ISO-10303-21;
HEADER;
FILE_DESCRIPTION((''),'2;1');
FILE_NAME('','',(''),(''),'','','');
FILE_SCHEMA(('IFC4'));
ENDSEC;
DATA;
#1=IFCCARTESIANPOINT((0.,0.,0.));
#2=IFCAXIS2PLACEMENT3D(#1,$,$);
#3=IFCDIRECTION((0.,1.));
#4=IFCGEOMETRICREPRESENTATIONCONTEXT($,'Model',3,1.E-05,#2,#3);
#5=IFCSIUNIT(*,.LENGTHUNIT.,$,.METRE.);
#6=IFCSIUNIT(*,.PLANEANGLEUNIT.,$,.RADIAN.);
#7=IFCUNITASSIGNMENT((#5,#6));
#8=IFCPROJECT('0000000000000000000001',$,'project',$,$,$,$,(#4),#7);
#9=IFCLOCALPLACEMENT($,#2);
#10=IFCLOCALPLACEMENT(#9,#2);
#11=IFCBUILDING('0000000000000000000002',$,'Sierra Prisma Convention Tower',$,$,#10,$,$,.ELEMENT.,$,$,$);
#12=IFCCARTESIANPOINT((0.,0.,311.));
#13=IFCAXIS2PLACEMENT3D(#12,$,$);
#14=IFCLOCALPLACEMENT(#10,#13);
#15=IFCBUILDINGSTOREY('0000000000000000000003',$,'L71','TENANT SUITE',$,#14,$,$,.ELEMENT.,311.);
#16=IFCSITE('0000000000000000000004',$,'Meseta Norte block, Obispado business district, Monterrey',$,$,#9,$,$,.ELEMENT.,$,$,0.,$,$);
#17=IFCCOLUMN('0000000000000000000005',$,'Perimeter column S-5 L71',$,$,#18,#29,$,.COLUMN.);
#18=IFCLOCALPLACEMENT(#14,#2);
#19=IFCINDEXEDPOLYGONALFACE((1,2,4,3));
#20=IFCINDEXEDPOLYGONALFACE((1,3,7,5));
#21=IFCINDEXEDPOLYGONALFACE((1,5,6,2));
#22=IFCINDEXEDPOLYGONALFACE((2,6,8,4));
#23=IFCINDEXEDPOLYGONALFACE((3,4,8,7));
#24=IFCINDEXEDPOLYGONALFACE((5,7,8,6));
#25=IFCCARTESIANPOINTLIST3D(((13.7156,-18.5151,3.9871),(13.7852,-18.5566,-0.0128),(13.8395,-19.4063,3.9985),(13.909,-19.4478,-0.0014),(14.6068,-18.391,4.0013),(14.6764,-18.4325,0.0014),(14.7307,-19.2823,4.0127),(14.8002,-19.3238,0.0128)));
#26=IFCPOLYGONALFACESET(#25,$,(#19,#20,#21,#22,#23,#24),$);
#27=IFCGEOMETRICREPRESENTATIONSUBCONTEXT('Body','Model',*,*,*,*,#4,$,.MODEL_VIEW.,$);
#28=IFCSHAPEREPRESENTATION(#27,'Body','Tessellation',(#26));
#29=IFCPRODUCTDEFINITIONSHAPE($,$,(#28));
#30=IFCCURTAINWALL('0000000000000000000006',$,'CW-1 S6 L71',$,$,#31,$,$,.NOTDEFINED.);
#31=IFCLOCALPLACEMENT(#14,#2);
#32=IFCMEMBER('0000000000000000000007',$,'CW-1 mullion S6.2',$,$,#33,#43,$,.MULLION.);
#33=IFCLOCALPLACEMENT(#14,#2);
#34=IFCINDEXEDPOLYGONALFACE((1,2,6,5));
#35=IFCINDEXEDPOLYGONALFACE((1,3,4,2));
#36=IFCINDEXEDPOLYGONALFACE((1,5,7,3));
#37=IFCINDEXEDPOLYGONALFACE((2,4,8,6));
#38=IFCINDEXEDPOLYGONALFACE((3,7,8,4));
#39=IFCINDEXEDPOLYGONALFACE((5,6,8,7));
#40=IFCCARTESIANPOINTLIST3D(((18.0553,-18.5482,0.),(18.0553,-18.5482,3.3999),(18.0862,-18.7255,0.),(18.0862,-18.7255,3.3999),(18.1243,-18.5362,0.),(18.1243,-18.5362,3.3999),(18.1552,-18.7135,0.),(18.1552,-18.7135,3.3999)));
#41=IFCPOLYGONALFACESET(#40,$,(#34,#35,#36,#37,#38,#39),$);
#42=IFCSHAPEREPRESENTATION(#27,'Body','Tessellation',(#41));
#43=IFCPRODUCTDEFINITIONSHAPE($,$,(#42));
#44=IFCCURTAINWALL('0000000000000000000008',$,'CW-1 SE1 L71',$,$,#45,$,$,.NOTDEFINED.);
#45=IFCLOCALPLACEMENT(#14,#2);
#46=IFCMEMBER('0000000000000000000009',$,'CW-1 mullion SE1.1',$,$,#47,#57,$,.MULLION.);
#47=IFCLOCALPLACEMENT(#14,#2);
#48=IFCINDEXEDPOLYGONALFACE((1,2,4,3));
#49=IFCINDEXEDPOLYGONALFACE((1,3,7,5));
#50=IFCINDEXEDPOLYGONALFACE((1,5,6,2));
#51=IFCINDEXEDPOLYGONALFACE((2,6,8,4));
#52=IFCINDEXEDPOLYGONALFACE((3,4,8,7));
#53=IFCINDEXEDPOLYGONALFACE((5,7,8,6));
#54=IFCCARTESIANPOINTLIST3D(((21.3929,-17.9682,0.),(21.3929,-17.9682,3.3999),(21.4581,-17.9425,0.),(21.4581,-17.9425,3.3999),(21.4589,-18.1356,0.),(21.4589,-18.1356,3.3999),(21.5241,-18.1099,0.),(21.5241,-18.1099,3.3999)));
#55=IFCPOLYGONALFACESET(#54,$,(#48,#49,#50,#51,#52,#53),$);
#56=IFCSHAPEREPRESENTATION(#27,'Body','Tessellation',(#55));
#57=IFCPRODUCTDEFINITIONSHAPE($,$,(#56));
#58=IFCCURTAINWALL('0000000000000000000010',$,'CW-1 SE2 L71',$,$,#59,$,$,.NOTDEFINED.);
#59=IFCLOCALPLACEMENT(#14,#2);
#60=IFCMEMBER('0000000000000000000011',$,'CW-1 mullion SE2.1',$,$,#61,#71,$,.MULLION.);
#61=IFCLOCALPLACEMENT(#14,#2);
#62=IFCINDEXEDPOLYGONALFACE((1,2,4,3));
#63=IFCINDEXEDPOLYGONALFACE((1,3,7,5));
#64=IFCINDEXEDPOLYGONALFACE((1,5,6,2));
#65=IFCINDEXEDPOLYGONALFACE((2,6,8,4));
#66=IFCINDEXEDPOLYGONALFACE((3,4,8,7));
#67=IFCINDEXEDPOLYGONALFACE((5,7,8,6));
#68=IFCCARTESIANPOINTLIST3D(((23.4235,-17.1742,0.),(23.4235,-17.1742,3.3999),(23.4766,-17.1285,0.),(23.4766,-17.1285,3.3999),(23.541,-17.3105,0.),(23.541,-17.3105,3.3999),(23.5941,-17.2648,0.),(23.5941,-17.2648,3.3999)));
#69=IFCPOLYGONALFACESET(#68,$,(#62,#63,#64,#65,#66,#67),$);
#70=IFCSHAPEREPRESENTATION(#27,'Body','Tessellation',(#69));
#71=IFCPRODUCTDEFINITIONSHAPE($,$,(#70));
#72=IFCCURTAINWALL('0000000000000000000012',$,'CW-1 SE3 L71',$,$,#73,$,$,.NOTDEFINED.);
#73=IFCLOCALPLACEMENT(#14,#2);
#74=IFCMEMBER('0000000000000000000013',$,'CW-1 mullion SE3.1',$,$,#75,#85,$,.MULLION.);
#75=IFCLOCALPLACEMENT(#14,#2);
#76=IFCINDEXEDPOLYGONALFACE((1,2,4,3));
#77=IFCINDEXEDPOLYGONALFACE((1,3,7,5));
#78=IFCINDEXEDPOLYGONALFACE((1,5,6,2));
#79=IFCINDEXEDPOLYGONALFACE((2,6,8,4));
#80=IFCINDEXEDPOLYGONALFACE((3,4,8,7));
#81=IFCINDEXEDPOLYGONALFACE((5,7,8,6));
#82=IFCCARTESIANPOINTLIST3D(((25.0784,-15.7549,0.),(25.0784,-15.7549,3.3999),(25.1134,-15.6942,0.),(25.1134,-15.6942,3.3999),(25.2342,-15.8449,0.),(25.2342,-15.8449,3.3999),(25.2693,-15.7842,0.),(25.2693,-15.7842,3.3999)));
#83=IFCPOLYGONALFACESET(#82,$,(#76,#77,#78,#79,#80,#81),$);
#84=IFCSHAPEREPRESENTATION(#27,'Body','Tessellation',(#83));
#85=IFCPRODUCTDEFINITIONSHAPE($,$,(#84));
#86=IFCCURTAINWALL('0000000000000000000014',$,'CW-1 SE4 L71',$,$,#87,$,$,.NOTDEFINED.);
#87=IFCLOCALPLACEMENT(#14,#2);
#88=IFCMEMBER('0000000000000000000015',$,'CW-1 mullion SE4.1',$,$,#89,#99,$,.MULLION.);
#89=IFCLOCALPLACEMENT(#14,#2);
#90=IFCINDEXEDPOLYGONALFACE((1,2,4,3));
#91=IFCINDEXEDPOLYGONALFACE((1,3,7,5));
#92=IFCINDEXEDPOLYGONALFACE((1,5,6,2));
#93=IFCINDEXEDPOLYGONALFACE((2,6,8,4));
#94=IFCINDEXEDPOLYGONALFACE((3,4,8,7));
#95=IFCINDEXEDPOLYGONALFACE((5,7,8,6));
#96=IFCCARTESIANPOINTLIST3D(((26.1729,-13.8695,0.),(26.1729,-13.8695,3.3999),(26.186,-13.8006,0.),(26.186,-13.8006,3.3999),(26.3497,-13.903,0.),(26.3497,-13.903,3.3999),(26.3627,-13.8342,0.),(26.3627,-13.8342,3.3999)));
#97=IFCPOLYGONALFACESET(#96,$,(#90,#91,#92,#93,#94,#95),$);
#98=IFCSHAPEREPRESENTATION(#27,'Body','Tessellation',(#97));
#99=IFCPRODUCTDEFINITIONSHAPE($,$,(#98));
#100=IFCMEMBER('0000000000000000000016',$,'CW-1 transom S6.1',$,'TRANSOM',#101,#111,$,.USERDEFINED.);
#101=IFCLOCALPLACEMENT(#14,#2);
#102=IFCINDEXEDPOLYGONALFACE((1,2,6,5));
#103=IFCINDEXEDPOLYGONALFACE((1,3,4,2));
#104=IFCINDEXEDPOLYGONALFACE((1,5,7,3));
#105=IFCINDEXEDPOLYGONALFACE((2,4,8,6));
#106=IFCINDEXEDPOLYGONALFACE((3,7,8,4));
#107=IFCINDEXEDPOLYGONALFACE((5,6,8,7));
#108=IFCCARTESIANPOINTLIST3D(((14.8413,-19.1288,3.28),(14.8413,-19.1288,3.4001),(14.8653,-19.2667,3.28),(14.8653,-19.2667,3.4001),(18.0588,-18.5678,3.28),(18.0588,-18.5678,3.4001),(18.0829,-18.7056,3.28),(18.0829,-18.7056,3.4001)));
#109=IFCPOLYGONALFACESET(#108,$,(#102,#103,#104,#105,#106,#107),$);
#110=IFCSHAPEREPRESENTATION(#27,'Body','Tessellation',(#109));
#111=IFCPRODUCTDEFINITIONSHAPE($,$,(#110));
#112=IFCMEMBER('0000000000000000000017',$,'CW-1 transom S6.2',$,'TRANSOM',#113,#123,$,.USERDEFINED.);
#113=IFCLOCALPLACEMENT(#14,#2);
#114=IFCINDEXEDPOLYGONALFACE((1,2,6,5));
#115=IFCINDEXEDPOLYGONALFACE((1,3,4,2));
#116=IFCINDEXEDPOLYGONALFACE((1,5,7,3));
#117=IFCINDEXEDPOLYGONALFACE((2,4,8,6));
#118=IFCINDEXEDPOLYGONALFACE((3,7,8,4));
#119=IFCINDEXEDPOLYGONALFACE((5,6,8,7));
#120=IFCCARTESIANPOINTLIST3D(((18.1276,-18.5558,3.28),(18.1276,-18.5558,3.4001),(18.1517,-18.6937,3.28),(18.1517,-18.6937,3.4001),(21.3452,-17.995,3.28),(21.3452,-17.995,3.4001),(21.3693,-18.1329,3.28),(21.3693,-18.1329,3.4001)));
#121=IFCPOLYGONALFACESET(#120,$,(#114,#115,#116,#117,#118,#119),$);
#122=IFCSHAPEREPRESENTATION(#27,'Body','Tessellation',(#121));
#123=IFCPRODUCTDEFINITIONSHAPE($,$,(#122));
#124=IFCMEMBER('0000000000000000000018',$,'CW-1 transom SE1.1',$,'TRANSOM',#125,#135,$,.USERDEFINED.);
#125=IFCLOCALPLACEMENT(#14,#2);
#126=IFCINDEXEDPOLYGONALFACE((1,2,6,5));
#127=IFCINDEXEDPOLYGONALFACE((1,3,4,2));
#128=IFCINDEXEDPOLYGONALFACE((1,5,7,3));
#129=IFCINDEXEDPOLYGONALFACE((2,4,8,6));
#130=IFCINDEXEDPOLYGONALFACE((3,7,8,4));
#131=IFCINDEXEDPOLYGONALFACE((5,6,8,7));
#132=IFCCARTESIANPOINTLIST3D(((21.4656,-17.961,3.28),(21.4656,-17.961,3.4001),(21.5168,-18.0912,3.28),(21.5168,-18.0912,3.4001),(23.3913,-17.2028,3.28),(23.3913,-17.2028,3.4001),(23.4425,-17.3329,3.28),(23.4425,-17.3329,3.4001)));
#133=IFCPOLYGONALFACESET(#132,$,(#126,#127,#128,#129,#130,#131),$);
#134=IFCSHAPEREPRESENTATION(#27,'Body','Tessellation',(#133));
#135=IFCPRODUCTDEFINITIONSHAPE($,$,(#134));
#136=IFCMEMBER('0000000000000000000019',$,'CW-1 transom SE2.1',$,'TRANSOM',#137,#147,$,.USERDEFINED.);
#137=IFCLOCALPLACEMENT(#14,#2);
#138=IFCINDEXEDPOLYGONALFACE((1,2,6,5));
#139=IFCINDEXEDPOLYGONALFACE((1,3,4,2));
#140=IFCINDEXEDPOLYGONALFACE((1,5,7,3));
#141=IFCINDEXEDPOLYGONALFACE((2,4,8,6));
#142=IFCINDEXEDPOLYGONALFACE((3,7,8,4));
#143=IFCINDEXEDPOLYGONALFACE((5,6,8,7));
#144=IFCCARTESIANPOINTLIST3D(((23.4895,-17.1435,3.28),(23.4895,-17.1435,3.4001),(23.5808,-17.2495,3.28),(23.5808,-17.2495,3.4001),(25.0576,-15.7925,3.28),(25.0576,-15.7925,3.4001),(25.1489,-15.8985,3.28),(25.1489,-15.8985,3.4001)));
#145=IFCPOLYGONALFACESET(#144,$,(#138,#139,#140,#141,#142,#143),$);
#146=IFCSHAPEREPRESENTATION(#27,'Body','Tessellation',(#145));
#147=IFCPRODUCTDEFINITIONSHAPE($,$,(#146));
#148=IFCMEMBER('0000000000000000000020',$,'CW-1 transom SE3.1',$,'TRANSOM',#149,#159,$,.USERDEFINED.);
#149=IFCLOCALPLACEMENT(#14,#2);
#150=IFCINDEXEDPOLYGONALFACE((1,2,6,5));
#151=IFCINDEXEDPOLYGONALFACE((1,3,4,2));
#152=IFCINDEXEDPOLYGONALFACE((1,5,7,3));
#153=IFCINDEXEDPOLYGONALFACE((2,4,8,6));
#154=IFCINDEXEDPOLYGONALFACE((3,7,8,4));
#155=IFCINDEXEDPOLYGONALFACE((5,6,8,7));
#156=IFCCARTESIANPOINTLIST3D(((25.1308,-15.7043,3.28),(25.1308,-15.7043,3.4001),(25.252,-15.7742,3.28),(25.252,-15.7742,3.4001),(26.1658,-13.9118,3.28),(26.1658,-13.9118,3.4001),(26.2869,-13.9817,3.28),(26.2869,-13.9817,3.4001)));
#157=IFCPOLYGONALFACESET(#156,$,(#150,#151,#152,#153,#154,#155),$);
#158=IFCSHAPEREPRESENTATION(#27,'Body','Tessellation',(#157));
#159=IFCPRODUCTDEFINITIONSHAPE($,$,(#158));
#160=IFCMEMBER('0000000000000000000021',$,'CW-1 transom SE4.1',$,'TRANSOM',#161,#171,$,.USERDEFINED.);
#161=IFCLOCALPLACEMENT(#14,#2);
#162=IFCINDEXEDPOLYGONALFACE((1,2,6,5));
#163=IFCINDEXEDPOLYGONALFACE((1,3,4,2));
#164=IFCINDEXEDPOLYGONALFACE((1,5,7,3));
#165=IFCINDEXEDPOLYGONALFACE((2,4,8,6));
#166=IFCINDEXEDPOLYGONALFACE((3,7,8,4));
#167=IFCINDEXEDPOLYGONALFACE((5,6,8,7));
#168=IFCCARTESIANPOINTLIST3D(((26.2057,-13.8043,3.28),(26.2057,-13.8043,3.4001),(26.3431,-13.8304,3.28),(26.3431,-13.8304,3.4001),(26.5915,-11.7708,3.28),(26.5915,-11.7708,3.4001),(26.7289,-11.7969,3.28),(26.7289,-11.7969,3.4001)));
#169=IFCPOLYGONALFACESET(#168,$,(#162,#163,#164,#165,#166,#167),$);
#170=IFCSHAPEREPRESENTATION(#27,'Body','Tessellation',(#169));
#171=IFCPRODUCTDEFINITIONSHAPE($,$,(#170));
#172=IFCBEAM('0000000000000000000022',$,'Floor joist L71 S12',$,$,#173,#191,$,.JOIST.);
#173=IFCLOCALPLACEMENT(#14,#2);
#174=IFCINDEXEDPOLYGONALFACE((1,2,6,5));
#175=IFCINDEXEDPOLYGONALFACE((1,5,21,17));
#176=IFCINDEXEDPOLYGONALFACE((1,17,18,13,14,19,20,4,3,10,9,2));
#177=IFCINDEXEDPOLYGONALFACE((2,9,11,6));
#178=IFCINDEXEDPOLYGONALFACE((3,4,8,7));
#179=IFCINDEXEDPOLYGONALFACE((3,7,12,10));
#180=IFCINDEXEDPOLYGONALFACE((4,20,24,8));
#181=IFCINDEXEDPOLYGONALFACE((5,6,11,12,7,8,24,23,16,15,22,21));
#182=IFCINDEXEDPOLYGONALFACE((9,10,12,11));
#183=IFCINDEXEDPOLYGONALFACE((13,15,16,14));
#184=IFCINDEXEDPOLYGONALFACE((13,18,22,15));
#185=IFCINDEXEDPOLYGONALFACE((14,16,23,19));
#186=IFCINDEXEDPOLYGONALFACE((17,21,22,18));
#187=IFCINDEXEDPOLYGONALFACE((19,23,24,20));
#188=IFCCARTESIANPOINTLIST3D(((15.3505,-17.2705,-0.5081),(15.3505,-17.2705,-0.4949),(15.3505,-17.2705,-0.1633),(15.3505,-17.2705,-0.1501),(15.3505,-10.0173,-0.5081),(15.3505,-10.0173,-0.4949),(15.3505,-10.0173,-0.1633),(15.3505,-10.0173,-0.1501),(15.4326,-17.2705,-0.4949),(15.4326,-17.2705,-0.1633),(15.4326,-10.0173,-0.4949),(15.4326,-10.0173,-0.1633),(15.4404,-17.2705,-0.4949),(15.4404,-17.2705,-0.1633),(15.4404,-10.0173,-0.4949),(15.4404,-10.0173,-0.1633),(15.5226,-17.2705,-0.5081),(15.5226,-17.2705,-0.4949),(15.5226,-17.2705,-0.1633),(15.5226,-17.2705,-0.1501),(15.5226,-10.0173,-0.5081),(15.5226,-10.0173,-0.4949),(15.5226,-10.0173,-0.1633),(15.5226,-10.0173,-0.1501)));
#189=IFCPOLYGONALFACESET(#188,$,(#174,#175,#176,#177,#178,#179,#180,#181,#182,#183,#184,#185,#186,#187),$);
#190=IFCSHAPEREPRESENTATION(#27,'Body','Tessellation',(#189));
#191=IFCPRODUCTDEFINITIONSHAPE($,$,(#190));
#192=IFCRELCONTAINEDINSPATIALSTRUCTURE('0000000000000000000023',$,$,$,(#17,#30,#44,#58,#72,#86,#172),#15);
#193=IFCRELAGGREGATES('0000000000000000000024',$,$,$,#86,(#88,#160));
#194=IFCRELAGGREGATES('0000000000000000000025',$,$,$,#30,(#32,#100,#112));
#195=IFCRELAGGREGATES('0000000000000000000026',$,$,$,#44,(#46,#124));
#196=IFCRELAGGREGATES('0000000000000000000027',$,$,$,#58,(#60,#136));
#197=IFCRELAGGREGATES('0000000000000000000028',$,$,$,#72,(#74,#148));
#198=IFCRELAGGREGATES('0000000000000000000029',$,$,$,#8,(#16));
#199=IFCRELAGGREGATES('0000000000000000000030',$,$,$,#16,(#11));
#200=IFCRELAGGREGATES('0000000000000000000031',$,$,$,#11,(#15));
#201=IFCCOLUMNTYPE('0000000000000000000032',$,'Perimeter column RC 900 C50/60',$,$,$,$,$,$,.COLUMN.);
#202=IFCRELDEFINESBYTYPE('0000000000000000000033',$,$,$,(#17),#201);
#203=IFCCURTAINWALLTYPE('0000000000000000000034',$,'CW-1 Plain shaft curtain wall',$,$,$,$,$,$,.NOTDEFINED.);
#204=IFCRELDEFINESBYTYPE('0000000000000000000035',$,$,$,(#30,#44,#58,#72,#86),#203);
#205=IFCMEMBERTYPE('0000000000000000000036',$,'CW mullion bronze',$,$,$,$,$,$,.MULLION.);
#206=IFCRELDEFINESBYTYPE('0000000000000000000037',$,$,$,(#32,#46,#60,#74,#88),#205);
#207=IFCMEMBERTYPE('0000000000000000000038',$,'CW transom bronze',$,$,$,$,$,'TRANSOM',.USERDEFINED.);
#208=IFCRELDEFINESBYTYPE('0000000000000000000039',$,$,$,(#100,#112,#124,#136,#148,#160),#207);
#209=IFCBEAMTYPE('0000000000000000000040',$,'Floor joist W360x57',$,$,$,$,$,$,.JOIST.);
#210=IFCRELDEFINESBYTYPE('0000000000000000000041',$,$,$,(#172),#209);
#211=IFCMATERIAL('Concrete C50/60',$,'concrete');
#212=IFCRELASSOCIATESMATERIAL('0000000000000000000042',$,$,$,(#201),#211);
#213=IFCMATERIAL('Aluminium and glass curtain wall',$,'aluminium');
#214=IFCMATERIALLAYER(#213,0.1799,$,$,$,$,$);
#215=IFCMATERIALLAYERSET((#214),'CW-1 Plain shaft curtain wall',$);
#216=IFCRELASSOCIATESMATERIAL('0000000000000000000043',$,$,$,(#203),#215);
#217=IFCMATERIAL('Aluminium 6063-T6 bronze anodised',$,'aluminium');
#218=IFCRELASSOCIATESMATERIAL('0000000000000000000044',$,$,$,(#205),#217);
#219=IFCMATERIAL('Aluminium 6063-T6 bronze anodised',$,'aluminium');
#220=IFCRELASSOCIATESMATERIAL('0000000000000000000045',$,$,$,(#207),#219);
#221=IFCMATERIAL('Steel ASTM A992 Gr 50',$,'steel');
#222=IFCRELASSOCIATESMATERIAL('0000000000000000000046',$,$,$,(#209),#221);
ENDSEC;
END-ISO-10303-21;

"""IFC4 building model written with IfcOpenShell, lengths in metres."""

from ifc_helpers import new_model, si_unit, direction, frame, origin, origin_2d, place, context, subcontext, project, spatial, rectangle, i_section, extrude, material, layer, layer_set, material_profile, profile_set, type_object, element, aggregate, save


model = new_model("IFC4")

# Units and contexts
model_context = context("Model", 3, precision=1e-05, world=origin(), true_north=direction((0.0, 1.0)))
body_context = subcontext(model_context, "Body", "Model", "MODEL_VIEW")
ifc_project = project(units=[si_unit("LENGTHUNIT", "METRE"), si_unit("PLANEANGLEUNIT", "RADIAN")], contexts=[model_context])

# Site, building, storey
site_placement = place(None, origin())
site = spatial("IfcSite", under=ifc_project, at=site_placement, Name="Meseta Norte block, Obispado business district, Monterrey", CompositionType="ELEMENT", RefElevation=0.0)
building_placement = place(site_placement, origin())
building = spatial("IfcBuilding", under=site, at=building_placement, Name="Sierra Prisma Convention Tower", CompositionType="ELEMENT")
storey_placement = place(building_placement, frame((0.0, 0.0, 311.0)))
storey = spatial("IfcBuildingStorey", under=building, at=storey_placement, Name="L71", Description="TENANT SUITE", CompositionType="ELEMENT", Elevation=311.0)

# Column
ifc_material_1 = material(Name="Concrete C50/60", Category="concrete")
ifc_material_profile_1 = material_profile(ifc_material_1, rectangle(XDim=0.8999, YDim=0.8999, at=origin_2d()), Name="Perimeter column RC 900 C50/60")
ifc_profile_set_1 = profile_set([ifc_material_profile_1], Name="Concrete C50/60")
column_type = type_object("IfcColumnType", Name="Perimeter column RC 900 C50/60", PredefinedType="COLUMN", material=ifc_profile_set_1)
column_placement = place(storey_placement, frame((14.2927, -18.9402, 0.0), z_axis=(-0.017391, 0.010374, 0.999795), x_axis=(0.990333, 0.137804, 0.015797)))
element("IfcColumn", 1, at=column_placement, inside=storey, type_object=column_type, Name="Perimeter column S-5 L71", PredefinedType="COLUMN", context=body_context, shape_type="SweptSolid", body=[
    extrude(rectangle(XDim=0.8999, YDim=0.8999, at=origin_2d()), origin(), (0.0, 0.0, 1.0), 4.0007),
])

# Curtain walls, members
ifc_material_2 = material(Name="Aluminium and glass curtain wall", Category="aluminium")
ifc_layer_1 = layer(ifc_material_2, 0.1799)
ifc_layer_set_1 = layer_set([ifc_layer_1], Name="CW-1 Plain shaft curtain wall")
curtain_wall_type = type_object("IfcCurtainWallType", Name="CW-1 Plain shaft curtain wall", PredefinedType="NOTDEFINED", material=ifc_layer_set_1)
curtain_wall_1_placement = place(storey_placement, origin())
curtain_wall_1 = element("IfcCurtainWall", 2, at=curtain_wall_1_placement, inside=storey, type_object=curtain_wall_type, Name="CW-1 S6 L71", PredefinedType="NOTDEFINED")
ifc_material_3 = material(Name="Aluminium 6063-T6 bronze anodised", Category="aluminium")
ifc_material_profile_2 = material_profile(ifc_material_3, rectangle(XDim=0.1799, YDim=0.0701, at=origin_2d()), Name="ALU MULLION 70x180")
ifc_profile_set_2 = profile_set([ifc_material_profile_2], Name="Aluminium 6063-T6 bronze anodised")
member_type_1 = type_object("IfcMemberType", Name="CW mullion bronze", PredefinedType="MULLION", material=ifc_profile_set_2)
member_1_placement = place(storey_placement, frame((18.1052, -18.6309, 0.0), z_axis=(0.0, 0.0, 1.0), x_axis=(-0.171733, 0.985144, 0.0)))
member_1 = element("IfcMember", 3, at=member_1_placement, type_object=member_type_1, Name="CW-1 mullion S6.2", PredefinedType="MULLION", context=body_context, shape_type="SweptSolid", body=[
    extrude(rectangle(XDim=0.1799, YDim=0.0701, at=origin_2d()), origin(), (0.0, 0.0, 1.0), 3.3999),
])
curtain_wall_2_placement = place(storey_placement, origin())
curtain_wall_2 = element("IfcCurtainWall", 4, at=curtain_wall_2_placement, inside=storey, type_object=curtain_wall_type, Name="CW-1 SE1 L71", PredefinedType="NOTDEFINED")
member_2_placement = place(storey_placement, frame((21.4585, -18.0391, 0.0), z_axis=(0.0, 0.0, 1.0), x_axis=(-0.366388, 0.930462, 0.0)))
member_2 = element("IfcMember", 5, at=member_2_placement, type_object=member_type_1, Name="CW-1 mullion SE1.1", PredefinedType="MULLION", context=body_context, shape_type="SweptSolid", body=[
    extrude(rectangle(XDim=0.1799, YDim=0.0701, at=origin_2d()), origin(), (0.0, 0.0, 1.0), 3.3999),
])
curtain_wall_3_placement = place(storey_placement, origin())
curtain_wall_3 = element("IfcCurtainWall", 6, at=curtain_wall_3_placement, inside=storey, type_object=curtain_wall_type, Name="CW-1 SE2 L71", PredefinedType="NOTDEFINED")
member_3_placement = place(storey_placement, frame((23.5088, -17.2195, 0.0), z_axis=(0.0, 0.0, 1.0), x_axis=(-0.652714, 0.757605, 0.0)))
member_3 = element("IfcMember", 7, at=member_3_placement, type_object=member_type_1, Name="CW-1 mullion SE2.1", PredefinedType="MULLION", context=body_context, shape_type="SweptSolid", body=[
    extrude(rectangle(XDim=0.1799, YDim=0.0701, at=origin_2d()), origin(), (0.0, 0.0, 1.0), 3.3999),
])
curtain_wall_4_placement = place(storey_placement, origin())
curtain_wall_4 = element("IfcCurtainWall", 8, at=curtain_wall_4_placement, inside=storey, type_object=curtain_wall_type, Name="CW-1 SE3 L71", PredefinedType="NOTDEFINED")
member_4_placement = place(storey_placement, frame((25.1738, -15.7695, 0.0), z_axis=(0.0, 0.0, 1.0), x_axis=(-0.866025, 0.5, 0.0)))
member_4 = element("IfcMember", 9, at=member_4_placement, type_object=member_type_1, Name="CW-1 mullion SE3.1", PredefinedType="MULLION", context=body_context, shape_type="SweptSolid", body=[
    extrude(rectangle(XDim=0.1799, YDim=0.0701, at=origin_2d()), origin(), (0.0, 0.0, 1.0), 3.3999),
])
curtain_wall_5_placement = place(storey_placement, origin())
curtain_wall_5 = element("IfcCurtainWall", 10, at=curtain_wall_5_placement, inside=storey, type_object=curtain_wall_type, Name="CW-1 SE4 L71", PredefinedType="NOTDEFINED")
member_5_placement = place(storey_placement, frame((26.2678, -13.8518, 0.0), z_axis=(0.0, 0.0, 1.0), x_axis=(-0.982462, 0.186464, 0.0)))
member_5 = element("IfcMember", 11, at=member_5_placement, type_object=member_type_1, Name="CW-1 mullion SE4.1", PredefinedType="MULLION", context=body_context, shape_type="SweptSolid", body=[
    extrude(rectangle(XDim=0.1799, YDim=0.0701, at=origin_2d()), origin(), (0.0, 0.0, 1.0), 3.3999),
])

# Members
ifc_material_4 = material(Name="Aluminium 6063-T6 bronze anodised", Category="aluminium")
ifc_material_profile_3 = material_profile(ifc_material_4, rectangle(XDim=0.1399, YDim=0.1201, at=origin_2d()), Name="ALU TRANSOM 120x140")
ifc_profile_set_3 = profile_set([ifc_material_profile_3], Name="Aluminium 6063-T6 bronze anodised")
member_type_2 = type_object("IfcMemberType", Name="CW transom bronze", ElementType="TRANSOM", PredefinedType="USERDEFINED", material=ifc_profile_set_3)
member_6_placement = place(storey_placement, frame((14.8533, -19.1978, 3.3401), z_axis=(0.985136, 0.171776, 0.0), x_axis=(-0.171776, 0.985136, 0.0)))
member_6 = element("IfcMember", 12, at=member_6_placement, type_object=member_type_2, Name="CW-1 transom S6.1", ObjectType="TRANSOM", PredefinedType="USERDEFINED", context=body_context, shape_type="SweptSolid", body=[
    extrude(rectangle(XDim=0.1399, YDim=0.1201, at=origin_2d()), origin(), (0.0, 0.0, 1.0), 3.2661),
])
member_7_placement = place(storey_placement, frame((18.1396, -18.6248, 3.3401), z_axis=(0.985149, 0.171704, 0.0), x_axis=(-0.171704, 0.985149, 0.0)))
member_7 = element("IfcMember", 13, at=member_7_placement, type_object=member_type_2, Name="CW-1 transom S6.2", ObjectType="TRANSOM", PredefinedType="USERDEFINED", context=body_context, shape_type="SweptSolid", body=[
    extrude(rectangle(XDim=0.1399, YDim=0.1201, at=origin_2d()), origin(), (0.0, 0.0, 1.0), 3.2661),
])
member_8_placement = place(storey_placement, frame((21.4912, -18.0261, 3.3401), z_axis=(0.930464, 0.366382, 0.0), x_axis=(-0.366382, 0.930464, 0.0)))
member_8 = element("IfcMember", 14, at=member_8_placement, type_object=member_type_2, Name="CW-1 transom SE1.1", ObjectType="TRANSOM", PredefinedType="USERDEFINED", context=body_context, shape_type="SweptSolid", body=[
    extrude(rectangle(XDim=0.1399, YDim=0.1201, at=origin_2d()), origin(), (0.0, 0.0, 1.0), 2.0696),
])
member_9_placement = place(storey_placement, frame((23.5352, -17.1965, 3.3401), z_axis=(0.757589, 0.652732, 0.0), x_axis=(-0.652732, 0.757589, 0.0)))
member_9 = element("IfcMember", 15, at=member_9_placement, type_object=member_type_2, Name="CW-1 transom SE2.1", ObjectType="TRANSOM", PredefinedType="USERDEFINED", context=body_context, shape_type="SweptSolid", body=[
    extrude(rectangle(XDim=0.1399, YDim=0.1201, at=origin_2d()), origin(), (0.0, 0.0, 1.0), 2.0698),
])
member_10_placement = place(storey_placement, frame((25.1914, -15.7393, 3.3401), z_axis=(0.500008, 0.866021, 0.0), x_axis=(-0.866021, 0.500008, 0.0)))
member_10 = element("IfcMember", 16, at=member_10_placement, type_object=member_type_2, Name="CW-1 transom SE3.1", ObjectType="TRANSOM", PredefinedType="USERDEFINED", context=body_context, shape_type="SweptSolid", body=[
    extrude(rectangle(XDim=0.1399, YDim=0.1201, at=origin_2d()), origin(), (0.0, 0.0, 1.0), 2.0698),
])
member_11_placement = place(storey_placement, frame((26.2744, -13.8174, 3.3401), z_axis=(0.186375, 0.982479, 0.0), x_axis=(-0.982479, 0.186375, 0.0)))
member_11 = element("IfcMember", 17, at=member_11_placement, type_object=member_type_2, Name="CW-1 transom SE4.1", ObjectType="TRANSOM", PredefinedType="USERDEFINED", context=body_context, shape_type="SweptSolid", body=[
    extrude(rectangle(XDim=0.1399, YDim=0.1201, at=origin_2d()), origin(), (0.0, 0.0, 1.0), 2.0698),
])
aggregate(curtain_wall_5, [member_5, member_11])

# Beam
ifc_material_5 = material(Name="Steel ASTM A992 Gr 50", Category="steel")
ifc_material_profile_4 = material_profile(ifc_material_5, i_section(OverallWidth=0.1721, OverallDepth=0.3579, WebThickness=0.0078, FlangeThickness=0.0132, at=origin_2d()), Name="W360x57")
ifc_profile_set_4 = profile_set([ifc_material_profile_4], Name="Steel ASTM A992 Gr 50")
beam_type_1 = type_object("IfcBeamType", Name="Floor joist W360x57", PredefinedType="JOIST", material=ifc_profile_set_4)
beam_1_placement = place(storey_placement, frame((15.4365, -17.2705, -0.3291), z_axis=(0.0, 1.0, 0.0), x_axis=(-1.0, 0.0, 0.0)))
element("IfcBeam", 18, at=beam_1_placement, inside=storey, type_object=beam_type_1, Name="Floor joist L71 S12", PredefinedType="JOIST", context=body_context, shape_type="SweptSolid", body=[
    extrude(i_section(OverallWidth=0.1721, OverallDepth=0.3579, WebThickness=0.0078, FlangeThickness=0.0132, at=origin_2d()), origin(), (0.0, 0.0, 1.0), 7.2532),
])

aggregate(curtain_wall_1, [member_1, member_6, member_7])
aggregate(curtain_wall_2, [member_2, member_8])
aggregate(curtain_wall_3, [member_3, member_9])
aggregate(curtain_wall_4, [member_4, member_10])

save(model, "model.ifc")
